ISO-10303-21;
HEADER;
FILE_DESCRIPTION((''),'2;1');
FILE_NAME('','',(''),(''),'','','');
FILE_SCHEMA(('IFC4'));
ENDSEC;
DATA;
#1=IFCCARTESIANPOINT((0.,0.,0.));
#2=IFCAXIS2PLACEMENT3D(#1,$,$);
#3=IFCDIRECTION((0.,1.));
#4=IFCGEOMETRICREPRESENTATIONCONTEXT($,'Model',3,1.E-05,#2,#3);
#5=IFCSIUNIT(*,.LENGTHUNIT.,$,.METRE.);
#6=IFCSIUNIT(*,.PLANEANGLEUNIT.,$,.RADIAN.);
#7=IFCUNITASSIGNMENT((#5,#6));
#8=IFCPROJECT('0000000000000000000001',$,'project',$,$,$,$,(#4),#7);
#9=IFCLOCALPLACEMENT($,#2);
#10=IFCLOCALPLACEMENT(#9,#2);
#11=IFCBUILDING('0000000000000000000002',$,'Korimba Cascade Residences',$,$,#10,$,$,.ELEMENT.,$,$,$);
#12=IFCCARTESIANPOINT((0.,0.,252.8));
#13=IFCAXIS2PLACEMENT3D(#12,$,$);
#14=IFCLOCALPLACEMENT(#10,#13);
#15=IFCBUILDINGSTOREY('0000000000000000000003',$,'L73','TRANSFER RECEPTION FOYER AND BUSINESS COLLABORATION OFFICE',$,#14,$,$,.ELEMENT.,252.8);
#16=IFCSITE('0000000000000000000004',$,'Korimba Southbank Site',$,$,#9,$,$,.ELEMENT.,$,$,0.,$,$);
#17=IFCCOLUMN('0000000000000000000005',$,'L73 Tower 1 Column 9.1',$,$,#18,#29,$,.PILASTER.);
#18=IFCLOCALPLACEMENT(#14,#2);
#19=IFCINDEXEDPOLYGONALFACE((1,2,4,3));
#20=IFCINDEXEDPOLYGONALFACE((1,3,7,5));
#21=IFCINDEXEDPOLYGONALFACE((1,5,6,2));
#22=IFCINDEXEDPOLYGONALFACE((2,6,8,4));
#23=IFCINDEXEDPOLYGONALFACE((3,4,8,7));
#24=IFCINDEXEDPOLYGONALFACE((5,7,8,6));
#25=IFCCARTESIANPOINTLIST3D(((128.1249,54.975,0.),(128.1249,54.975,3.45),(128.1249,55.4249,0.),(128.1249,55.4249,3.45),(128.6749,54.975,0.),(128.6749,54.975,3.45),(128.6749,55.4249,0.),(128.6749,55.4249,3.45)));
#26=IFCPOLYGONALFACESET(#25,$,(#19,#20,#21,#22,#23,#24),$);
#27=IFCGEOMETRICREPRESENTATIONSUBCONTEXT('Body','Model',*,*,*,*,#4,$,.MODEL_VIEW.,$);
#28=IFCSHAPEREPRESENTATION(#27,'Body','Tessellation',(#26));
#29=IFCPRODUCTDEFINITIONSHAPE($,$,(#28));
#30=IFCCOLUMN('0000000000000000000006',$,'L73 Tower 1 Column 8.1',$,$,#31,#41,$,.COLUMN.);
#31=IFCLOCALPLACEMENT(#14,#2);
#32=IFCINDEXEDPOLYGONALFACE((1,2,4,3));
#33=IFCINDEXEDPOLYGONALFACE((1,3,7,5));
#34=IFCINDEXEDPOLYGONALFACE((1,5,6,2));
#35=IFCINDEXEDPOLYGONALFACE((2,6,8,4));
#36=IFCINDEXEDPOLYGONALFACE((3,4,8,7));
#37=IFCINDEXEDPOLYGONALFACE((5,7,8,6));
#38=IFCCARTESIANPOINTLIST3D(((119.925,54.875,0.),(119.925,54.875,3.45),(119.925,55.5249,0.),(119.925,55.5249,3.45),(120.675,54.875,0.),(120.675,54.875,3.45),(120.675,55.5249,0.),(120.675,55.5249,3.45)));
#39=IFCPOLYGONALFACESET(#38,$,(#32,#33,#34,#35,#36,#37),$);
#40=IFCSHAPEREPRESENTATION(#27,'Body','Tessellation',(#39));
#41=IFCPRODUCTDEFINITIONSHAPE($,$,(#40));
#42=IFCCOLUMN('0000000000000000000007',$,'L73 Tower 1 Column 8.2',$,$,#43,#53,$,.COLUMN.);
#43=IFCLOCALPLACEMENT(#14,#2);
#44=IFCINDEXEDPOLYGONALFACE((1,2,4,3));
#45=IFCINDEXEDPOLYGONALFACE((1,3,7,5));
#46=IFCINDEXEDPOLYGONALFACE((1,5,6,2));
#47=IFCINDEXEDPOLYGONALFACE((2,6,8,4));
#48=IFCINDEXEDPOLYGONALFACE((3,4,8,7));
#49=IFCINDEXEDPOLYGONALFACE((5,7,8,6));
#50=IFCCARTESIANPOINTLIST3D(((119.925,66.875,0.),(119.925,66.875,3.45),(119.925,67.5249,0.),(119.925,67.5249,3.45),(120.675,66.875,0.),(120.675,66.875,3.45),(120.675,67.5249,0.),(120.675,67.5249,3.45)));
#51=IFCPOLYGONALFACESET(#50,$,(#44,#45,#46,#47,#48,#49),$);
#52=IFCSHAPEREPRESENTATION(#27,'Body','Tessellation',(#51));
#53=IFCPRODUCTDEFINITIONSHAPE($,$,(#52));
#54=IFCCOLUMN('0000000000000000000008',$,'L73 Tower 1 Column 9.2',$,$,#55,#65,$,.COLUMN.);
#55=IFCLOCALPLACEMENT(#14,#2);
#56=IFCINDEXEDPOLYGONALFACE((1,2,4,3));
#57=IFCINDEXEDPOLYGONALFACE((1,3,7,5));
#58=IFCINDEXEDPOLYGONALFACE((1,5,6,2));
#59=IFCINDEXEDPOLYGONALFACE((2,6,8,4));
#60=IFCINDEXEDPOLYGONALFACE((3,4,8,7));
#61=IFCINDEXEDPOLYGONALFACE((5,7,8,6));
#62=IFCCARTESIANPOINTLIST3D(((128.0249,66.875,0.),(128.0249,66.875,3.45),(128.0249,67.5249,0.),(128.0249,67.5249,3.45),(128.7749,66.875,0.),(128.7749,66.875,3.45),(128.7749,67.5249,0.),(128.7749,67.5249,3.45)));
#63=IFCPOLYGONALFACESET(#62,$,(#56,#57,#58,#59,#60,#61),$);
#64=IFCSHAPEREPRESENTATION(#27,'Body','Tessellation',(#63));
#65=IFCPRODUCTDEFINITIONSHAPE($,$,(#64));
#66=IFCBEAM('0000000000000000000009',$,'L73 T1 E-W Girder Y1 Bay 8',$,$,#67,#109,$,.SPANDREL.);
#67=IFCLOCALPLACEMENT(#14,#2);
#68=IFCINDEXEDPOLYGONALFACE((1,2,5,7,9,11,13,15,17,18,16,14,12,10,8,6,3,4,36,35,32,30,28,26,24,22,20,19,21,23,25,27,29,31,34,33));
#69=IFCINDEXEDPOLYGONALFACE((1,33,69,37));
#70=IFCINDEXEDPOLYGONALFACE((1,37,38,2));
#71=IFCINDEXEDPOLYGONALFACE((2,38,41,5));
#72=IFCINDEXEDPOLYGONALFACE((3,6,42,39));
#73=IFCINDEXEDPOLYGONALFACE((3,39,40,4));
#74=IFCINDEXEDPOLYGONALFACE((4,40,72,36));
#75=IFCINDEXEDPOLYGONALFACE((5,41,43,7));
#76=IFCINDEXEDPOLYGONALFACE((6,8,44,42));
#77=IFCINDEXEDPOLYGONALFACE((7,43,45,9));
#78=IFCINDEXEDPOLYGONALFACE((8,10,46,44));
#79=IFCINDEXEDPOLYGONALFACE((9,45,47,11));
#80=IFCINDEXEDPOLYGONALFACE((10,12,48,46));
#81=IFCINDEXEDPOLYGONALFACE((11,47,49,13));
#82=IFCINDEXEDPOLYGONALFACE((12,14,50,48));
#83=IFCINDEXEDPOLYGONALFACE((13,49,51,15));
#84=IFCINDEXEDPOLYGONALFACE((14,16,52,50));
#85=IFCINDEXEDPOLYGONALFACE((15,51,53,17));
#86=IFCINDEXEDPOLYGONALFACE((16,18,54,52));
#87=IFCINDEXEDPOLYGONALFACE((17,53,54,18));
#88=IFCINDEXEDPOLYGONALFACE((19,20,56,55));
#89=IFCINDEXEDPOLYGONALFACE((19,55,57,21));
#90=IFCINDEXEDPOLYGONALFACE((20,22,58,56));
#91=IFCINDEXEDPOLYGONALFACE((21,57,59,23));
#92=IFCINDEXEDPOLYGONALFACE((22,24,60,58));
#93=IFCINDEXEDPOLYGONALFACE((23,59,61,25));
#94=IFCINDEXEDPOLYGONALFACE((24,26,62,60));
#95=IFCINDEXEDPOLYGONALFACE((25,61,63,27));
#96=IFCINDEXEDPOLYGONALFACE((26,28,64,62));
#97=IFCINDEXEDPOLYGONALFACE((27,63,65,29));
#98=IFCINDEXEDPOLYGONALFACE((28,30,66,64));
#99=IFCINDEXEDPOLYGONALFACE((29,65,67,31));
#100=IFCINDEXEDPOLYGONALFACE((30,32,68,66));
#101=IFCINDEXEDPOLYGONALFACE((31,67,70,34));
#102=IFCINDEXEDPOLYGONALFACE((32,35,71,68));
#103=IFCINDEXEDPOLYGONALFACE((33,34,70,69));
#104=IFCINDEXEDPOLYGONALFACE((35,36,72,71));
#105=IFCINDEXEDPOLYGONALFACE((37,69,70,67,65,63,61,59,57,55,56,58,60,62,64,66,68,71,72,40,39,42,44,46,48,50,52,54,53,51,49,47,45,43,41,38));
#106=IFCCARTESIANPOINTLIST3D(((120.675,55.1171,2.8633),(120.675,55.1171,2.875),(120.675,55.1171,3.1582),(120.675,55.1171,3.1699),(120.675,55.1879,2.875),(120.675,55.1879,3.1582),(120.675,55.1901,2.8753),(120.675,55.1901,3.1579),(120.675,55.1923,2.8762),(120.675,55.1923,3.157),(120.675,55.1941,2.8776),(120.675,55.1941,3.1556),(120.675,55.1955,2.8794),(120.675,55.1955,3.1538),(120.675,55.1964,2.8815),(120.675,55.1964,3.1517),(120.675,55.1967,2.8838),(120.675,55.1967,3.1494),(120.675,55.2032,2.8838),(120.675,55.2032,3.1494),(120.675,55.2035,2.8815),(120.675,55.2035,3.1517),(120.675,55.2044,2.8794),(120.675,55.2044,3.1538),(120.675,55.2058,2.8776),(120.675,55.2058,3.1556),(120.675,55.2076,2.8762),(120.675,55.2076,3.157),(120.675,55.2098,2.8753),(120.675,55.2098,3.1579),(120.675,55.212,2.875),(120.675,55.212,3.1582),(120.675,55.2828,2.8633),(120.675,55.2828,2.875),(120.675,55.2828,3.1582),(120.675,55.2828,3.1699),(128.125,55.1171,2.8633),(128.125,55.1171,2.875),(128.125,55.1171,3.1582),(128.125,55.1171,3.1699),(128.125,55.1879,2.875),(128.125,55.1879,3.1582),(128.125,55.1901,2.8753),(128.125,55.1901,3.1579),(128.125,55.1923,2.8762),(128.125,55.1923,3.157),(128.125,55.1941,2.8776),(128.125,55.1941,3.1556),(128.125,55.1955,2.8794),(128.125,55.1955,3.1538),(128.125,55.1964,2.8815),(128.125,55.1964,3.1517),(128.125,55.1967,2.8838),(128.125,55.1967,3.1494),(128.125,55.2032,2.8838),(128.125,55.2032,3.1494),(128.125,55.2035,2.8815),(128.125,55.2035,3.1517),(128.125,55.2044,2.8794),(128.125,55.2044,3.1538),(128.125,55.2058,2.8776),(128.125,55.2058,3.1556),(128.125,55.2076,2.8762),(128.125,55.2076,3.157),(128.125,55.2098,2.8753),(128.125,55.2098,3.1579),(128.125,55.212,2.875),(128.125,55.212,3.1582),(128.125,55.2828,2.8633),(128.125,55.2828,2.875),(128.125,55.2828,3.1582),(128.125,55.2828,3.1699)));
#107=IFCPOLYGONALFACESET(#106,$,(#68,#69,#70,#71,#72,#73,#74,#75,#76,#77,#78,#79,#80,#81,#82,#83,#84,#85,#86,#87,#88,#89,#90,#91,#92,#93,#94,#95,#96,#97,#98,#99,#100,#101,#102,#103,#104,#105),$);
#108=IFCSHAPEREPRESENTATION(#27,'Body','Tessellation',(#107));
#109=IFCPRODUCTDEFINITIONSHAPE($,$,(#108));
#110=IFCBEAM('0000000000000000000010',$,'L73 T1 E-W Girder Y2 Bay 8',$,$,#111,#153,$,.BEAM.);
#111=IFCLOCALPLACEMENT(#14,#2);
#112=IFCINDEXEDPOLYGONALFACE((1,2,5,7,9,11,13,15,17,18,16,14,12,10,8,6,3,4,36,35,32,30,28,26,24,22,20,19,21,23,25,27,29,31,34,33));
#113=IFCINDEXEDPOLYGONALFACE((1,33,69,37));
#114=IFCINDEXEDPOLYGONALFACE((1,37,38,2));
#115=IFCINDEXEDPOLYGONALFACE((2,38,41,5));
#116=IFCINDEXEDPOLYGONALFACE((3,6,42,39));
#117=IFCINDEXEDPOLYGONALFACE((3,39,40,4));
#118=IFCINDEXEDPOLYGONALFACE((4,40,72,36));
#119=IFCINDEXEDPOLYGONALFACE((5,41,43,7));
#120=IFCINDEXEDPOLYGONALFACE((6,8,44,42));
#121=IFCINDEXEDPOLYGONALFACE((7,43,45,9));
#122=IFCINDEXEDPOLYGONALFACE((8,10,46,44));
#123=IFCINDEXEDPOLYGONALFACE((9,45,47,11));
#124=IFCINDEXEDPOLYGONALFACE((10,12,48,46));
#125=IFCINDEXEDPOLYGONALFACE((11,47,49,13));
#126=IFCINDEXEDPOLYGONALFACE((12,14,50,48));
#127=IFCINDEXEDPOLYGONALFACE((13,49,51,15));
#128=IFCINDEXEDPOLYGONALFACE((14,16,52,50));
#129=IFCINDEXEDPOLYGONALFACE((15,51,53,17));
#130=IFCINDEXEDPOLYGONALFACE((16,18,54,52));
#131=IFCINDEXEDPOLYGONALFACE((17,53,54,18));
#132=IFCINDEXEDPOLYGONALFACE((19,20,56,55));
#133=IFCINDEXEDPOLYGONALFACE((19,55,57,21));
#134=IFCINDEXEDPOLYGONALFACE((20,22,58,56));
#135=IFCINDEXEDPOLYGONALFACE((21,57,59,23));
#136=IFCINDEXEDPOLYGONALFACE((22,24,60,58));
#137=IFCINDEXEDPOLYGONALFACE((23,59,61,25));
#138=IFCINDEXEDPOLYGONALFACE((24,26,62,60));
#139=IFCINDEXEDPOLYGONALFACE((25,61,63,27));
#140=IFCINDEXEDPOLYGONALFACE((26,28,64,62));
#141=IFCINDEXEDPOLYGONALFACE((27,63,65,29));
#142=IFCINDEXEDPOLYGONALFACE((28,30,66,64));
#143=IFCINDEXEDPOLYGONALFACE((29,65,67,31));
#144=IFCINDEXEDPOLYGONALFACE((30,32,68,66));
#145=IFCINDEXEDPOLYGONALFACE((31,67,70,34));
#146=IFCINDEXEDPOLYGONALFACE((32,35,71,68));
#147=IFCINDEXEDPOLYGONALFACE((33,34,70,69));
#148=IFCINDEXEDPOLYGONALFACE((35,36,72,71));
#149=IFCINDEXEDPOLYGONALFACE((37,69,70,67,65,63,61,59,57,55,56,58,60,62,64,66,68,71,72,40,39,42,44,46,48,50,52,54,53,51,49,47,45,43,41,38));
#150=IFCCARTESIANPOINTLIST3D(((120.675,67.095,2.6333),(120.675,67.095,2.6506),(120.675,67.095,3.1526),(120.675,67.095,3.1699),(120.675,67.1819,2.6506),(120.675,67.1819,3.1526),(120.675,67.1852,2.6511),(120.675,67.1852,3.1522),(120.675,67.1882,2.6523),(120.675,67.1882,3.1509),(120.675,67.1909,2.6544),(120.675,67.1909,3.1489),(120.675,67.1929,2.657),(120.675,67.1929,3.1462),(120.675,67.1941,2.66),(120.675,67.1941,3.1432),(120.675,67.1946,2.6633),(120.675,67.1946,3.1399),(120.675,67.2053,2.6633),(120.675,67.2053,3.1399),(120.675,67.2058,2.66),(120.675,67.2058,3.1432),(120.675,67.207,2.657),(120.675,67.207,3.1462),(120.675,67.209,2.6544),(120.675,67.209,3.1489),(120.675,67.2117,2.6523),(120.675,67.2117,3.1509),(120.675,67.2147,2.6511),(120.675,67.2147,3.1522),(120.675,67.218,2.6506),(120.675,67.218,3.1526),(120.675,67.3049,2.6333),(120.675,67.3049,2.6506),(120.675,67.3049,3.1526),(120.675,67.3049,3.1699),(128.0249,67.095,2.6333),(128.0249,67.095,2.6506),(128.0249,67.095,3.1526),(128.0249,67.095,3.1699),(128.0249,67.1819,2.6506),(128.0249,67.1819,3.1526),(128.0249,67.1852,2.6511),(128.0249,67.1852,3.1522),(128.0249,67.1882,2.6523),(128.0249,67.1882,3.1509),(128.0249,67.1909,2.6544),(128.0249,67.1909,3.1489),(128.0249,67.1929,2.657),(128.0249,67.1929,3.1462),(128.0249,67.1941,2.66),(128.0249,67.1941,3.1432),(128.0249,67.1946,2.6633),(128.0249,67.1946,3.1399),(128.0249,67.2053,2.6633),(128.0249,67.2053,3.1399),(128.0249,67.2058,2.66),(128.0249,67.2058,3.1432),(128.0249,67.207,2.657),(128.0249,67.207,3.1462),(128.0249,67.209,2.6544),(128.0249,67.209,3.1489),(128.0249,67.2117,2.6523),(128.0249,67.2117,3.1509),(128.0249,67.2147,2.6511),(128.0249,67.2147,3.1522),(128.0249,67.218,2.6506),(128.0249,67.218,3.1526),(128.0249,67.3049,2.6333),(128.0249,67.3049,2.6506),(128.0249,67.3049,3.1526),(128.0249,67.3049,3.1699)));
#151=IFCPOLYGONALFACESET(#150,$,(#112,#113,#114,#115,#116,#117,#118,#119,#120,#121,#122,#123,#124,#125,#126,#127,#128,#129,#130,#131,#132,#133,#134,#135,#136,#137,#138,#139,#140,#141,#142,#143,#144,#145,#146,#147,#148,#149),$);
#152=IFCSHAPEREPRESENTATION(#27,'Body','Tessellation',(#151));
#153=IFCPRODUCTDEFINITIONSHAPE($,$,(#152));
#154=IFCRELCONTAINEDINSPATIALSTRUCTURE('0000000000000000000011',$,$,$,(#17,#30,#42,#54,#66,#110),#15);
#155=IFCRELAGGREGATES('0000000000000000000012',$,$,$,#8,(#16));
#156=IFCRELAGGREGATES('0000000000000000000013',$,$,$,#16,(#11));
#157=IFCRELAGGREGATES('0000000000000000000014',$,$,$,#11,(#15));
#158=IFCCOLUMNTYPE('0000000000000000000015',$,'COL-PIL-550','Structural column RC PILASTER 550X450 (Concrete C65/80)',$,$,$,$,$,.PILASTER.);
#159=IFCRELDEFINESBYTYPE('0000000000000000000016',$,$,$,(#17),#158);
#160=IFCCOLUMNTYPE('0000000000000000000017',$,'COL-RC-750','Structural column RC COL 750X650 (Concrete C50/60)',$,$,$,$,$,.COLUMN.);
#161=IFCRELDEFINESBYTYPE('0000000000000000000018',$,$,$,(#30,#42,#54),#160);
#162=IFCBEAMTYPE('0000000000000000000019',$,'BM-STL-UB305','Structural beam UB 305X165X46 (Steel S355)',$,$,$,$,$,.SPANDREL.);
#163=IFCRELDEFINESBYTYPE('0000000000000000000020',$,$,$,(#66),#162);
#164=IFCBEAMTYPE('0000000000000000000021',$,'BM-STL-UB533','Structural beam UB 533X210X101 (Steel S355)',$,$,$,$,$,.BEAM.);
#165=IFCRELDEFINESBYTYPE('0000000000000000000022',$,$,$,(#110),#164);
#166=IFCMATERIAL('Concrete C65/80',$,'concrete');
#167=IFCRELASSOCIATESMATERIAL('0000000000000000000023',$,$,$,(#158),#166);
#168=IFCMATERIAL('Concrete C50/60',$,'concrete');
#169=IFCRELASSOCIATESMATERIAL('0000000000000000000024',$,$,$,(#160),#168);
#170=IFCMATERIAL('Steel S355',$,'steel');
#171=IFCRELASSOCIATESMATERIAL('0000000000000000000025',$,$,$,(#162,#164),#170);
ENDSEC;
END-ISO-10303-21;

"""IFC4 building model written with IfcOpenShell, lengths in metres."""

from ifc_helpers import new_model, si_unit, direction, frame, origin, origin_2d, place, context, subcontext, project, spatial, rectangle, i_section, extrude, material, material_profile, profile_set, type_object, element, save


model = new_model("IFC4")

# Units and contexts
model_context = context("Model", 3, precision=1e-05, world=origin(), true_north=direction((0.0, 1.0)))
body_context = subcontext(model_context, "Body", "Model", "MODEL_VIEW")
ifc_project = project(units=[si_unit("LENGTHUNIT", "METRE"), si_unit("PLANEANGLEUNIT", "RADIAN")], contexts=[model_context])

# Site, building, storey
site_placement = place(None, origin())
site = spatial("IfcSite", under=ifc_project, at=site_placement, Name="Korimba Southbank Site", CompositionType="ELEMENT", RefElevation=0.0)
building_placement = place(site_placement, origin())
building = spatial("IfcBuilding", under=site, at=building_placement, Name="Korimba Cascade Residences", CompositionType="ELEMENT")
storey_placement = place(building_placement, frame((0.0, 0.0, 252.8)))
storey = spatial("IfcBuildingStorey", under=building, at=storey_placement, Name="L73", Description="TRANSFER RECEPTION FOYER AND BUSINESS COLLABORATION OFFICE", CompositionType="ELEMENT", Elevation=252.8)

# Columns
ifc_material_1 = material(Name="Concrete C65/80", Category="concrete")
ifc_material_profile_1 = material_profile(ifc_material_1, rectangle(XDim=0.55, YDim=0.45, at=origin_2d()), Name="Concrete C65/80")
ifc_profile_set_1 = profile_set([ifc_material_profile_1], Name="Concrete C65/80")
column_type_1 = type_object("IfcColumnType", Name="COL-PIL-550", Description="Structural column RC PILASTER 550X450 (Concrete C65/80)", PredefinedType="PILASTER", material=ifc_profile_set_1)
column_placement = place(storey_placement, frame((128.3999, 55.2, 0.0), z_axis=(0.0, 0.0, 1.0), x_axis=(1.0, 0.0, 0.0)))
element("IfcColumn", 1, at=column_placement, inside=storey, type_object=column_type_1, Name="L73 Tower 1 Column 9.1", PredefinedType="PILASTER", context=body_context, shape_type="SweptSolid", body=[
    extrude(rectangle(XDim=0.55, YDim=0.45, at=origin_2d()), origin(), (0.0, 0.0, 1.0), 3.45),
])
ifc_material_2 = material(Name="Concrete C50/60", Category="concrete")
ifc_material_profile_2 = material_profile(ifc_material_2, rectangle(XDim=0.75, YDim=0.6499, at=origin_2d()), Name="Concrete C50/60")
ifc_profile_set_2 = profile_set([ifc_material_profile_2], Name="Concrete C50/60")
column_type_2 = type_object("IfcColumnType", Name="COL-RC-750", Description="Structural column RC COL 750X650 (Concrete C50/60)", PredefinedType="COLUMN", material=ifc_profile_set_2)
for number, where, z_axis, x_axis, name in (
    (2, (120.3, 55.2, 0.0), (0.0, 0.0, 1.0), (1.0, 0.0, 0.0), "L73 Tower 1 Column 8.1"),
    (3, (120.3, 67.2, 0.0), (0.0, 0.0, 1.0), (1.0, 0.0, 0.0), "L73 Tower 1 Column 8.2"),
    (4, (128.3999, 67.2, 0.0), (0.0, 0.0, 1.0), (1.0, 0.0, 0.0), "L73 Tower 1 Column 9.2"),
):
    element("IfcColumn", number, at=place(storey_placement, frame(where, z_axis=z_axis, x_axis=x_axis)), inside=storey, type_object=column_type_2, Name=name, PredefinedType="COLUMN", context=body_context, shape_type="SweptSolid", body=[
        extrude(rectangle(XDim=0.75, YDim=0.6499, at=origin_2d()), origin(), (0.0, 0.0, 1.0), 3.45),
    ])

# Beams
ifc_material_3 = material(Name="Steel S355", Category="steel")
ifc_material_profile_3 = material_profile(ifc_material_3, i_section(OverallWidth=0.1658, OverallDepth=0.3066, WebThickness=0.0066, FlangeThickness=0.0117, FilletRadius=0.0088, at=origin_2d()), Name="Steel S355")
ifc_profile_set_3 = profile_set([ifc_material_profile_3], Name="Steel S355")
beam_type_1 = type_object("IfcBeamType", Name="BM-STL-UB305", Description="Structural beam UB 305X165X46 (Steel S355)", PredefinedType="SPANDREL", material=ifc_profile_set_3)
beam_1_placement = place(storey_placement, frame((120.675, 55.2, 3.0166), z_axis=(1.0, 0.0, 0.0), x_axis=(0.0, 1.0, 0.0)))
element("IfcBeam", 5, at=beam_1_placement, inside=storey, type_object=beam_type_1, Name="L73 T1 E-W Girder Y1 Bay 8", PredefinedType="SPANDREL", context=body_context, shape_type="SweptSolid", body=[
    extrude(i_section(OverallWidth=0.1658, OverallDepth=0.3066, WebThickness=0.0066, FlangeThickness=0.0117, FilletRadius=0.0088, at=origin_2d()), origin(), (0.0, 0.0, 1.0), 7.45),
])
ifc_material_profile_4 = material_profile(ifc_material_3, i_section(OverallWidth=0.21, OverallDepth=0.5366, WebThickness=0.0107, FlangeThickness=0.0173, FilletRadius=0.0127, at=origin_2d()), Name="Steel S355")
ifc_profile_set_4 = profile_set([ifc_material_profile_4], Name="Steel S355")
beam_type_2 = type_object("IfcBeamType", Name="BM-STL-UB533", Description="Structural beam UB 533X210X101 (Steel S355)", PredefinedType="BEAM", material=ifc_profile_set_4)
beam_2_placement = place(storey_placement, frame((120.675, 67.2, 2.9016), z_axis=(1.0, 0.0, 0.0), x_axis=(0.0, 1.0, 0.0)))
element("IfcBeam", 6, at=beam_2_placement, inside=storey, type_object=beam_type_2, Name="L73 T1 E-W Girder Y2 Bay 8", PredefinedType="BEAM", context=body_context, shape_type="SweptSolid", body=[
    extrude(i_section(OverallWidth=0.21, OverallDepth=0.5366, WebThickness=0.0107, FlangeThickness=0.0173, FilletRadius=0.0127, at=origin_2d()), origin(), (0.0, 0.0, 1.0), 7.3499),
])

save(model, "model.ifc")
